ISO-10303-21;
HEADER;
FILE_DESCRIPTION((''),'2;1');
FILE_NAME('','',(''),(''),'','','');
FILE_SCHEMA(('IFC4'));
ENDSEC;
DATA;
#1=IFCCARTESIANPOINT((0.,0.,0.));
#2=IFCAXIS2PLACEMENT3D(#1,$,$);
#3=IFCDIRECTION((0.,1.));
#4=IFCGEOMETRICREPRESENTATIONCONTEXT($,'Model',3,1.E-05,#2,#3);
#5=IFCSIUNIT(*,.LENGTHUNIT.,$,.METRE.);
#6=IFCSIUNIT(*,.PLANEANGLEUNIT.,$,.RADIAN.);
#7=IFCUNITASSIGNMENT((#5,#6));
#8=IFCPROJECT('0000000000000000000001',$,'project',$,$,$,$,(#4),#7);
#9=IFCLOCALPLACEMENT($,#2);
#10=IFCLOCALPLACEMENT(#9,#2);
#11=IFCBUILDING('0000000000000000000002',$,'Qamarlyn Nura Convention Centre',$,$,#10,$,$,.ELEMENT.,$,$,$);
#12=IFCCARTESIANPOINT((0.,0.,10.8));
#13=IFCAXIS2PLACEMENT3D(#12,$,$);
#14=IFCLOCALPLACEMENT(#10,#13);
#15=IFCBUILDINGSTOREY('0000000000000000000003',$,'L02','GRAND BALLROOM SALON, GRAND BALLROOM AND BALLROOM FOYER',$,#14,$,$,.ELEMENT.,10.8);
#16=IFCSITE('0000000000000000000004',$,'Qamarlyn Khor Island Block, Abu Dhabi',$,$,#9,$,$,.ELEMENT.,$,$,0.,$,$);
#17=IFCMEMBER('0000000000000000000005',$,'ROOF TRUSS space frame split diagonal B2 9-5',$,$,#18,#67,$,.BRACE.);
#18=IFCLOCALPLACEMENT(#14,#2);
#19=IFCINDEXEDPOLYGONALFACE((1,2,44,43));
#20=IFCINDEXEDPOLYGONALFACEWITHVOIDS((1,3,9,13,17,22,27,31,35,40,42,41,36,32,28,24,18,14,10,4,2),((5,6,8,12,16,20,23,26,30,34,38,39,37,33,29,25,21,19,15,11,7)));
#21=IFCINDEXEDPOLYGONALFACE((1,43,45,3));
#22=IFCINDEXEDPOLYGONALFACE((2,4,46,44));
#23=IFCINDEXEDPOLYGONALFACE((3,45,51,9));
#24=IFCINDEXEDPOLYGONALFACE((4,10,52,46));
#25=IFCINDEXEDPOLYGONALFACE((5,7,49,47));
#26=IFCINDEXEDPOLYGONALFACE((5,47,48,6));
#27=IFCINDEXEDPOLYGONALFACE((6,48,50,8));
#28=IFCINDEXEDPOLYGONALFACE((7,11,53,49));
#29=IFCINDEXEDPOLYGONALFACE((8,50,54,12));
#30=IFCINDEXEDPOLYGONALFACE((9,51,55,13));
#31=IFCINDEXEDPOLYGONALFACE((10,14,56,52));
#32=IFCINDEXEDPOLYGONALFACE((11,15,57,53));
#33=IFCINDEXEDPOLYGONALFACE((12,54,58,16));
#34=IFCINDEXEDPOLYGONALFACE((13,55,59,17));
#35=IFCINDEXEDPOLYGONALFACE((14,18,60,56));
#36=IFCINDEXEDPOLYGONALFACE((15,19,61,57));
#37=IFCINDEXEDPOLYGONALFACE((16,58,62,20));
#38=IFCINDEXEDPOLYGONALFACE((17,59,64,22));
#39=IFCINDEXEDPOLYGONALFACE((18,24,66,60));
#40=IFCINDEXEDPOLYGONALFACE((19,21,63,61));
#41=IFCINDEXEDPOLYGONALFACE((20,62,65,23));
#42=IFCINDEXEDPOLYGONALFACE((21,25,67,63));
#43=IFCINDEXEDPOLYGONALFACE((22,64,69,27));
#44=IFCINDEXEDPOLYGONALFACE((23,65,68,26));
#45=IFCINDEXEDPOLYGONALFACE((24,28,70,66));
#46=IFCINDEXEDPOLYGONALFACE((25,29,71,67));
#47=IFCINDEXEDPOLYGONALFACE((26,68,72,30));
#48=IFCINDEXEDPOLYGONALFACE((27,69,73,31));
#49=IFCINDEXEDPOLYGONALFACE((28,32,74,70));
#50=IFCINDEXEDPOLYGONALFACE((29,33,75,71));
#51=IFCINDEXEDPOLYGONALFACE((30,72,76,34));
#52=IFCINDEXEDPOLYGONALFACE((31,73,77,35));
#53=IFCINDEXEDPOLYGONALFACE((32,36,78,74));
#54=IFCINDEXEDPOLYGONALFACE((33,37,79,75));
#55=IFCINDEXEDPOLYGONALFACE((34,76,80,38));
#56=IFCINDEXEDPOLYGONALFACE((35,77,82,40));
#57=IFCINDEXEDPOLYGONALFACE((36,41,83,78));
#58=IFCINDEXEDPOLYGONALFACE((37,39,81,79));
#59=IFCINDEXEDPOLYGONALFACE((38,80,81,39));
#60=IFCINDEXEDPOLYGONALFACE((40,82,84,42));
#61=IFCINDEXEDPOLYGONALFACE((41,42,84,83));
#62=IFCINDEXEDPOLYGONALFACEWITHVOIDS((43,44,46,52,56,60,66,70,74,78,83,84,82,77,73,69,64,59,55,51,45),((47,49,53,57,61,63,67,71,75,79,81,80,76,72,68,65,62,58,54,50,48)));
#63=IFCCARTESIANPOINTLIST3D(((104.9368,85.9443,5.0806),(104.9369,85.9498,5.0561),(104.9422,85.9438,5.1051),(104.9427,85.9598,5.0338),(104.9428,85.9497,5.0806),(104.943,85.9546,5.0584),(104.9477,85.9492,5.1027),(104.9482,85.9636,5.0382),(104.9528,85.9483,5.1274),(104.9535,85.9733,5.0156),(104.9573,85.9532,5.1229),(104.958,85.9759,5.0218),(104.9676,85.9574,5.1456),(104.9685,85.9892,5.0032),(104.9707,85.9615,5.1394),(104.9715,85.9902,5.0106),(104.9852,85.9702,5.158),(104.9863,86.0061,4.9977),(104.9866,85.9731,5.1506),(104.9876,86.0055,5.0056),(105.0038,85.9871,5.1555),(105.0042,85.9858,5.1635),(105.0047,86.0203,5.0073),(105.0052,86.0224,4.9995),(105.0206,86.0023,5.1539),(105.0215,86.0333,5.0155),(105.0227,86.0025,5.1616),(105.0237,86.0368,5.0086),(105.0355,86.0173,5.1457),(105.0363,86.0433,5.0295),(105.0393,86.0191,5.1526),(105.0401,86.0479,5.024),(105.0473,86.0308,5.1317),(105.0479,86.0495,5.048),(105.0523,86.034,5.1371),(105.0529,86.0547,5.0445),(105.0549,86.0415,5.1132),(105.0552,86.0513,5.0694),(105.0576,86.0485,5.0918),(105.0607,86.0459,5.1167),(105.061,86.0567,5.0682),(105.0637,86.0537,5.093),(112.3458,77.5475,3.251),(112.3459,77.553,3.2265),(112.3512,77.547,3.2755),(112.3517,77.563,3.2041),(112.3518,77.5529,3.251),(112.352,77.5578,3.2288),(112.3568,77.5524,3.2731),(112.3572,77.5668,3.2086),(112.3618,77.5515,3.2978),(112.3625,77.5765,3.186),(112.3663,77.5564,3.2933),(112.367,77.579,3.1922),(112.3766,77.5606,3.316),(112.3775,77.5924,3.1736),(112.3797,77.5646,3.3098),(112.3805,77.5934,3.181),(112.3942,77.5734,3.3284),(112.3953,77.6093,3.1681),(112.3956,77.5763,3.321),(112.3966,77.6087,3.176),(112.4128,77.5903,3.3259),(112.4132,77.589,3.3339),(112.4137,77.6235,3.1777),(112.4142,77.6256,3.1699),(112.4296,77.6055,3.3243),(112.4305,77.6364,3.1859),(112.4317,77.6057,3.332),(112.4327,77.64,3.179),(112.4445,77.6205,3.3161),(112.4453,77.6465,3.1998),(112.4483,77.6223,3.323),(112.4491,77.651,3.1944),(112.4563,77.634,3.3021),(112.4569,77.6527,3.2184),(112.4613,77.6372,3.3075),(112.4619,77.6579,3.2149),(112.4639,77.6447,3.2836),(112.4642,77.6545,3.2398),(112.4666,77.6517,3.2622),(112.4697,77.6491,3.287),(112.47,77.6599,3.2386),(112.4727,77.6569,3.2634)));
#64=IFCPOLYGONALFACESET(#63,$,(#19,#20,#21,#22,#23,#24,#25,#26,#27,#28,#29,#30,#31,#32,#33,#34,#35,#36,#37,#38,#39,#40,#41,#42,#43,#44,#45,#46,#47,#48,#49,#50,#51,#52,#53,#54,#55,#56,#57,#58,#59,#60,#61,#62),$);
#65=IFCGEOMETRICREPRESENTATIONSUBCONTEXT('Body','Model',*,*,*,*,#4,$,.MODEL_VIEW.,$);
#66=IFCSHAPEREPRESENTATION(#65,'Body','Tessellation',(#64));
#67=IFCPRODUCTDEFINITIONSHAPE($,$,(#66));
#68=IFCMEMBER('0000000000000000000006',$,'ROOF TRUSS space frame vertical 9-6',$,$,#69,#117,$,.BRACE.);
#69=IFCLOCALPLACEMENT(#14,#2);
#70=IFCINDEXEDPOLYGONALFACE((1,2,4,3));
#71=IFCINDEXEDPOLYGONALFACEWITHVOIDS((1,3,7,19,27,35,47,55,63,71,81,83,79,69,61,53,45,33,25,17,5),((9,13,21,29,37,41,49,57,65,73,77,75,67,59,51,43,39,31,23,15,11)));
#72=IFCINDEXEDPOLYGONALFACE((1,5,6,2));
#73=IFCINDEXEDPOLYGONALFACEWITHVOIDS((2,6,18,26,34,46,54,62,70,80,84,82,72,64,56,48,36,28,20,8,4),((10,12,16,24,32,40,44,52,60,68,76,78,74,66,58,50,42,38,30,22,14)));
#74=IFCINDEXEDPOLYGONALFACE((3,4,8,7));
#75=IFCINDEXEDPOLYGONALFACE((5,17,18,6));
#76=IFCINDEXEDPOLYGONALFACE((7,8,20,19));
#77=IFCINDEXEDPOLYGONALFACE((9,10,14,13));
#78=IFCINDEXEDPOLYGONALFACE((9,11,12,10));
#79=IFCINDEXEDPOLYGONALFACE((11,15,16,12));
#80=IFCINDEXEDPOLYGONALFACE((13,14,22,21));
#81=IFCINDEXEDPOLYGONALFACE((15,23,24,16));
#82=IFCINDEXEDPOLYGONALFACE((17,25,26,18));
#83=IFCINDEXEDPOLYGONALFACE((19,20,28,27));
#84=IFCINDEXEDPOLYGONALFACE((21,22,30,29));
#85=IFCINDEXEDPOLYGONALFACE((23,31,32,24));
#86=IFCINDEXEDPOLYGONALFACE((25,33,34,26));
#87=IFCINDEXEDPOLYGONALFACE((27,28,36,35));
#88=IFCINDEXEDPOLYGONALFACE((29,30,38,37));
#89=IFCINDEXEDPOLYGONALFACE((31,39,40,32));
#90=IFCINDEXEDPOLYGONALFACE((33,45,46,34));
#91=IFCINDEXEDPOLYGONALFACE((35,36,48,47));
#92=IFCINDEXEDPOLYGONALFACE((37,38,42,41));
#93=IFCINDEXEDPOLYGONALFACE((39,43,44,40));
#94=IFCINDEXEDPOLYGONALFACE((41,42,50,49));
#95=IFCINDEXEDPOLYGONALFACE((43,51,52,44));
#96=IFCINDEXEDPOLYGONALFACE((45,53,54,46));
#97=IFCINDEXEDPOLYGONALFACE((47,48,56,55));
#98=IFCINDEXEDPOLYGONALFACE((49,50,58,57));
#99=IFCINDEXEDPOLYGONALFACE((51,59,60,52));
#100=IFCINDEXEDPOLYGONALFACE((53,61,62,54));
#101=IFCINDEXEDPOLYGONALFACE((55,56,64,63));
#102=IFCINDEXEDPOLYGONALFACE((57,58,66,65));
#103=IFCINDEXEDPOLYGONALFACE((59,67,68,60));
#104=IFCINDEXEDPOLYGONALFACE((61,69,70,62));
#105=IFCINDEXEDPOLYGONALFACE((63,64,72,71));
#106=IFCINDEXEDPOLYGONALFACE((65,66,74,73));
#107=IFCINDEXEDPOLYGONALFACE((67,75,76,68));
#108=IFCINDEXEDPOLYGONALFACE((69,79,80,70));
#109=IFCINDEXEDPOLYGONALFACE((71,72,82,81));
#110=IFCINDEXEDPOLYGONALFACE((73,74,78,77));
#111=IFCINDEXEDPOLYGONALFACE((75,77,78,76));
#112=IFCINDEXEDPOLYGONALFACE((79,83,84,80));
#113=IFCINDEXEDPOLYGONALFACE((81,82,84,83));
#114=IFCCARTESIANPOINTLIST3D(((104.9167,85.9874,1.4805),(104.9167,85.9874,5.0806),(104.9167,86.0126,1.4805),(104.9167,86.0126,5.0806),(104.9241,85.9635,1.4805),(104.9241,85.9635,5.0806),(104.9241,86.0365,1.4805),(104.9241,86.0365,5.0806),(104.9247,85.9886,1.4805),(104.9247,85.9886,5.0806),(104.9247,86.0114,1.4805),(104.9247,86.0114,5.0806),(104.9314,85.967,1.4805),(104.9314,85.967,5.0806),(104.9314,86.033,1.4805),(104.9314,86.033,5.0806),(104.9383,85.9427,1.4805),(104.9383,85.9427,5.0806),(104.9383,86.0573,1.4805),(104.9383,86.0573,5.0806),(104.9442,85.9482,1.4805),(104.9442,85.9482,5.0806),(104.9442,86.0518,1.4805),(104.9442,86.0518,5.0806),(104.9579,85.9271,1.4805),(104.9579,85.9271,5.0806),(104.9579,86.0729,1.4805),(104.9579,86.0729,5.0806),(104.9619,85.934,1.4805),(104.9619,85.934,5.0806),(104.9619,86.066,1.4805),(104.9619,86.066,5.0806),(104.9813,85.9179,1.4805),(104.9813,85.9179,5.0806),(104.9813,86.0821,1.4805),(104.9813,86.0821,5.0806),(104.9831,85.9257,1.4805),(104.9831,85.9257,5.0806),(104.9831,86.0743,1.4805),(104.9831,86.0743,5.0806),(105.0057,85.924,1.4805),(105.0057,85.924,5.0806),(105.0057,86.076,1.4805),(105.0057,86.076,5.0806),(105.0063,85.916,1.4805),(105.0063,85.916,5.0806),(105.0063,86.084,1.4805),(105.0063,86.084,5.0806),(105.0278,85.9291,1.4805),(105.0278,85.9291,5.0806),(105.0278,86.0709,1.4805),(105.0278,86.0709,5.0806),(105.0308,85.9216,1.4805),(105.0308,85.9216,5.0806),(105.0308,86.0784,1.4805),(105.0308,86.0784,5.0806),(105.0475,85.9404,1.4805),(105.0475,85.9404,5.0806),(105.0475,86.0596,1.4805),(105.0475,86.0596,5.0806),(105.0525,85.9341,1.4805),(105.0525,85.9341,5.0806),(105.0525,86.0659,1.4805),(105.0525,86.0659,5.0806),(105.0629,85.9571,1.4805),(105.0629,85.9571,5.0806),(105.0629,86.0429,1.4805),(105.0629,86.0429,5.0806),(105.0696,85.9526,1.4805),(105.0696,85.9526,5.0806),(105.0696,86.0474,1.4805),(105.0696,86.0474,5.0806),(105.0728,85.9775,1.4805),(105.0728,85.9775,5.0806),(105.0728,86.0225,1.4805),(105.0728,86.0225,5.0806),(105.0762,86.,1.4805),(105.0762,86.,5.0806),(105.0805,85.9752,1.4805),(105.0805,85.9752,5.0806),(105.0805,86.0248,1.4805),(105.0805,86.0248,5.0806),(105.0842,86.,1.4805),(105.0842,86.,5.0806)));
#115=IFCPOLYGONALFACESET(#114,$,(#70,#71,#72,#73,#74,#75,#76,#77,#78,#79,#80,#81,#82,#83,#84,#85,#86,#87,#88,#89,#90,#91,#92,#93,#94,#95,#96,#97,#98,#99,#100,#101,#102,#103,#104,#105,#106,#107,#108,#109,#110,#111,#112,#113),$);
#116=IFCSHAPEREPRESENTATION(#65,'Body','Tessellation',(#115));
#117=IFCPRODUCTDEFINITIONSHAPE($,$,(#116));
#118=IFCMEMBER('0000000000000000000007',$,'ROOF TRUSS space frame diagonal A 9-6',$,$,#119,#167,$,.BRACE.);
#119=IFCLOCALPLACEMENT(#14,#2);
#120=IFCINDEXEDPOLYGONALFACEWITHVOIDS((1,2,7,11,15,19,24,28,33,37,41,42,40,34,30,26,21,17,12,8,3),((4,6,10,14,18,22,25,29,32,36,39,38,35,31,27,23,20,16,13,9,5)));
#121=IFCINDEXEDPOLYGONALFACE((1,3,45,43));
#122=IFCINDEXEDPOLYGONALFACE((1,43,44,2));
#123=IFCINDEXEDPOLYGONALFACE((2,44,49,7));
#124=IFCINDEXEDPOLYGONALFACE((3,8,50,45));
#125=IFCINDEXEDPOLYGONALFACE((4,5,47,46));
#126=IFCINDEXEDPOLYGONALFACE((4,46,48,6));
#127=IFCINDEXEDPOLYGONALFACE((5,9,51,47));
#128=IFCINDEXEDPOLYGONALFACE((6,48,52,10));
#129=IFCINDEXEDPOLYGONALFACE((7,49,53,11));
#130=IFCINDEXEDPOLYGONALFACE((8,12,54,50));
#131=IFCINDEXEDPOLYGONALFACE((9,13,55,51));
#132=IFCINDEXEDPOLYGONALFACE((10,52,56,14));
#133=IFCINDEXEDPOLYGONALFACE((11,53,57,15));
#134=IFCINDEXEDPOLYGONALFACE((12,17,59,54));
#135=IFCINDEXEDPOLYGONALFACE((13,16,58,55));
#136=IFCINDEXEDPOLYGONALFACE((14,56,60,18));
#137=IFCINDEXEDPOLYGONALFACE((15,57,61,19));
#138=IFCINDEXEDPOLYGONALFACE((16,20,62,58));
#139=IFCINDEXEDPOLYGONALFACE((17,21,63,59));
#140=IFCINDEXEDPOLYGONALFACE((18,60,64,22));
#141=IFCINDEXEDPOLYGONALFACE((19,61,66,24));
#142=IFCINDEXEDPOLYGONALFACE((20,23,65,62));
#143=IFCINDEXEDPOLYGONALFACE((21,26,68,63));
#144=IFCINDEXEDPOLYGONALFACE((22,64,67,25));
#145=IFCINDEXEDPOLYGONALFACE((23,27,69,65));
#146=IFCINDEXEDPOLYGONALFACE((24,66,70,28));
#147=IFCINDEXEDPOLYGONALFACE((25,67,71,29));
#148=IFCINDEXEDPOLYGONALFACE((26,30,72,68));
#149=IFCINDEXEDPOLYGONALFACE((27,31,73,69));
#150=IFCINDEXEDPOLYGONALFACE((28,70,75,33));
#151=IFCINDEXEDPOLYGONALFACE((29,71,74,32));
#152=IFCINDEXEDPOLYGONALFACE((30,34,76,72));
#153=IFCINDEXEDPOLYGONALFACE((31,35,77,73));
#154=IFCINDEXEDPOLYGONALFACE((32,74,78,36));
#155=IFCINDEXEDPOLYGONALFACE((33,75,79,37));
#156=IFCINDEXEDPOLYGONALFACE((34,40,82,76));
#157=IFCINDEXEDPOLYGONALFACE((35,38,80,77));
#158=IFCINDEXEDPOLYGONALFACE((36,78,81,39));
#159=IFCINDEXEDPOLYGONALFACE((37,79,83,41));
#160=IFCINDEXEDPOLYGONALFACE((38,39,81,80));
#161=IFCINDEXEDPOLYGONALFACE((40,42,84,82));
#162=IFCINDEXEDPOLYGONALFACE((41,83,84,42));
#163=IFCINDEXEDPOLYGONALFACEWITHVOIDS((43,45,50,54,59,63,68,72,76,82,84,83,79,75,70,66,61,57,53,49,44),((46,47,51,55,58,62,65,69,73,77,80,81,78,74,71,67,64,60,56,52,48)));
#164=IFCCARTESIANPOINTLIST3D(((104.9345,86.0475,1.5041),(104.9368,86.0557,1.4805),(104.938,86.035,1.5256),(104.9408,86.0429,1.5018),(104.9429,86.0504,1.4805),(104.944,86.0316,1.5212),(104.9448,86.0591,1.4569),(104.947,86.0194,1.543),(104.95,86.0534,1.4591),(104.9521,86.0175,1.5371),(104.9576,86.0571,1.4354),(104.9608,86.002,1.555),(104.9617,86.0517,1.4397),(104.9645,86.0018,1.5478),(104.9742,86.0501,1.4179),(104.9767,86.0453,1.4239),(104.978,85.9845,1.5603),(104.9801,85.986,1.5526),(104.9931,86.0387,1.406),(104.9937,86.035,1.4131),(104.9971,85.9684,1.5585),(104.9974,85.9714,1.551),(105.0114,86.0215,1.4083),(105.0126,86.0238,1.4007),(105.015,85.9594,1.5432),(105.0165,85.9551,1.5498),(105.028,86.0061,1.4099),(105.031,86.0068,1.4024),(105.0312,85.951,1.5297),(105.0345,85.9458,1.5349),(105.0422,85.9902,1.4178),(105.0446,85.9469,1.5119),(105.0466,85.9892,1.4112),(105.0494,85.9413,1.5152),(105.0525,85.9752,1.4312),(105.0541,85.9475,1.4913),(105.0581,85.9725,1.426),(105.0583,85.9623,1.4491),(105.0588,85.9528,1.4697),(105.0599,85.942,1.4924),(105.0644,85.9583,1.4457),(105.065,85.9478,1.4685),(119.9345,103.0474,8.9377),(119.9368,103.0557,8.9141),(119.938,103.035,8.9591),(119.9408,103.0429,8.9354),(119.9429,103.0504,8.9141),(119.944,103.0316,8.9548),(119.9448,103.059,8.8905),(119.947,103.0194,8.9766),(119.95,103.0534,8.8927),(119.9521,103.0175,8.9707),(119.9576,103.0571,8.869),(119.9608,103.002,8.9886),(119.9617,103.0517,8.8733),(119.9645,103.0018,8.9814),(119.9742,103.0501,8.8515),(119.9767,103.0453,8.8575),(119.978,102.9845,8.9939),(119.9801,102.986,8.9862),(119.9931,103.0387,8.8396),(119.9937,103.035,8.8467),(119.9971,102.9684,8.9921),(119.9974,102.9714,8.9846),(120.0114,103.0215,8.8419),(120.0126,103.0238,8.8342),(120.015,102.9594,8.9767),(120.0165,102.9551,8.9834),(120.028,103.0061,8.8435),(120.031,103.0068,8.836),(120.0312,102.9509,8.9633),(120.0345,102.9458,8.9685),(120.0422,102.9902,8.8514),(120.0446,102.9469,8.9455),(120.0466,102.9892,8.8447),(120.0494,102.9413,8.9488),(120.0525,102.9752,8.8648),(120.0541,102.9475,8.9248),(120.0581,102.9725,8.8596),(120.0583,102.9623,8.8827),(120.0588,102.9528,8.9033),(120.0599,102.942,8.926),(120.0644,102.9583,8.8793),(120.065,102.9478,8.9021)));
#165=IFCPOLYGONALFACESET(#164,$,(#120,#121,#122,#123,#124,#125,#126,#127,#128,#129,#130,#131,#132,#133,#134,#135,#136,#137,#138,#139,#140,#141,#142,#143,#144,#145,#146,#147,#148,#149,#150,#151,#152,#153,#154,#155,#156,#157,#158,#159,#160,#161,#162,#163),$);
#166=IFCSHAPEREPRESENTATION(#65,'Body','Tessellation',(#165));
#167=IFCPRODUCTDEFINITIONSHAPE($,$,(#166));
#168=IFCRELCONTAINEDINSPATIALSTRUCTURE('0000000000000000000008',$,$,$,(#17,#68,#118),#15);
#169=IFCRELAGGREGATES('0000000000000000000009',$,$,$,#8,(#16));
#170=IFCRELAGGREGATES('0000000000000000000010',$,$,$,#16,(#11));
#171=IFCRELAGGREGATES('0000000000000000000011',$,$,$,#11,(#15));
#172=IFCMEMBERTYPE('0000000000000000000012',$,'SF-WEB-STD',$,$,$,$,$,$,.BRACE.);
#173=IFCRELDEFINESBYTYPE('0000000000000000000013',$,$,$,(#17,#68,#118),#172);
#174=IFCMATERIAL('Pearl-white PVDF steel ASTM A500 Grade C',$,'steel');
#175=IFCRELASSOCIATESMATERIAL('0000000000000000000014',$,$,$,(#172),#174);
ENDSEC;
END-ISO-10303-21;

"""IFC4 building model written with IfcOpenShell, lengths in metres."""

from ifc_helpers import new_model, si_unit, direction, frame, origin, origin_2d, place, context, subcontext, project, spatial, hollow_circle, extrude, material, material_profile, profile_set, type_object, element, save


model = new_model("IFC4")

# Units and contexts
model_context = context("Model", 3, precision=1e-05, world=origin(), true_north=direction((0.0, 1.0)))
body_context = subcontext(model_context, "Body", "Model", "MODEL_VIEW")
ifc_project = project(units=[si_unit("LENGTHUNIT", "METRE"), si_unit("PLANEANGLEUNIT", "RADIAN")], contexts=[model_context])

# Site, building, storey
site_placement = place(None, origin())
site = spatial("IfcSite", under=ifc_project, at=site_placement, Name="Qamarlyn Khor Island Block, Abu Dhabi", CompositionType="ELEMENT", RefElevation=0.0)
building_placement = place(site_placement, origin())
building = spatial("IfcBuilding", under=site, at=building_placement, Name="Qamarlyn Nura Convention Centre", CompositionType="ELEMENT")
storey_placement = place(building_placement, frame((0.0, 0.0, 10.8)))
storey = spatial("IfcBuildingStorey", under=building, at=storey_placement, Name="L02", Description="GRAND BALLROOM SALON, GRAND BALLROOM AND BALLROOM FOYER", CompositionType="ELEMENT", Elevation=10.8)

# Members
ifc_material_1 = material(Name="Pearl-white PVDF steel ASTM A500 Grade C", Category="steel")
ifc_material_profile_1 = material_profile(ifc_material_1, hollow_circle(Radius=0.0842, WallThickness=0.0081, at=origin_2d()), Name="CHS168.3X8")
ifc_profile_set_1 = profile_set([ifc_material_profile_1], Name="Pearl-white PVDF steel ASTM A500 Grade C")
member_type_1 = type_object("IfcMemberType", Name="SF-WEB-STD", PredefinedType="BRACE", material=ifc_profile_set_1)
member_1_placement = place(storey_placement, frame((112.4089, 77.6033, 3.251), z_axis=(-0.652967, 0.740023, 0.161246), x_axis=(-0.749835, -0.661625, 0.0)))
element("IfcMember", 1, at=member_1_placement, inside=storey, type_object=member_type_1, Name="ROOF TRUSS space frame split diagonal B2 9-5", PredefinedType="BRACE", context=body_context, shape_type="SweptSolid", body=[
    extrude(hollow_circle(Radius=0.0842, WallThickness=0.0081, at=origin_2d()), origin(), (0.0, 0.0, 1.0), 11.3467),
])
member_2_placement = place(storey_placement, frame((105.0, 86.0, 1.4805), z_axis=(0.0, 0.0, 1.0), x_axis=(1.0, 0.0, 0.0)))
element("IfcMember", 2, at=member_2_placement, inside=storey, type_object=member_type_1, Name="ROOF TRUSS space frame vertical 9-6", PredefinedType="BRACE", context=body_context, shape_type="SweptSolid", body=[
    extrude(hollow_circle(Radius=0.0842, WallThickness=0.0081, at=origin_2d()), origin(), (0.0, 0.0, 1.0), 3.6001),
])
member_3_placement = place(storey_placement, frame((105.0, 86.0, 1.4805), z_axis=(0.62869, 0.712515, 0.311562), x_axis=(-0.749838, 0.661622, 0.0)))
element("IfcMember", 3, at=member_3_placement, inside=storey, type_object=member_type_1, Name="ROOF TRUSS space frame diagonal A 9-6", PredefinedType="BRACE", context=body_context, shape_type="SweptSolid", body=[
    extrude(hollow_circle(Radius=0.0842, WallThickness=0.0081, at=origin_2d()), origin(), (0.0, 0.0, 1.0), 23.8591),
])

save(model, "model.ifc")
